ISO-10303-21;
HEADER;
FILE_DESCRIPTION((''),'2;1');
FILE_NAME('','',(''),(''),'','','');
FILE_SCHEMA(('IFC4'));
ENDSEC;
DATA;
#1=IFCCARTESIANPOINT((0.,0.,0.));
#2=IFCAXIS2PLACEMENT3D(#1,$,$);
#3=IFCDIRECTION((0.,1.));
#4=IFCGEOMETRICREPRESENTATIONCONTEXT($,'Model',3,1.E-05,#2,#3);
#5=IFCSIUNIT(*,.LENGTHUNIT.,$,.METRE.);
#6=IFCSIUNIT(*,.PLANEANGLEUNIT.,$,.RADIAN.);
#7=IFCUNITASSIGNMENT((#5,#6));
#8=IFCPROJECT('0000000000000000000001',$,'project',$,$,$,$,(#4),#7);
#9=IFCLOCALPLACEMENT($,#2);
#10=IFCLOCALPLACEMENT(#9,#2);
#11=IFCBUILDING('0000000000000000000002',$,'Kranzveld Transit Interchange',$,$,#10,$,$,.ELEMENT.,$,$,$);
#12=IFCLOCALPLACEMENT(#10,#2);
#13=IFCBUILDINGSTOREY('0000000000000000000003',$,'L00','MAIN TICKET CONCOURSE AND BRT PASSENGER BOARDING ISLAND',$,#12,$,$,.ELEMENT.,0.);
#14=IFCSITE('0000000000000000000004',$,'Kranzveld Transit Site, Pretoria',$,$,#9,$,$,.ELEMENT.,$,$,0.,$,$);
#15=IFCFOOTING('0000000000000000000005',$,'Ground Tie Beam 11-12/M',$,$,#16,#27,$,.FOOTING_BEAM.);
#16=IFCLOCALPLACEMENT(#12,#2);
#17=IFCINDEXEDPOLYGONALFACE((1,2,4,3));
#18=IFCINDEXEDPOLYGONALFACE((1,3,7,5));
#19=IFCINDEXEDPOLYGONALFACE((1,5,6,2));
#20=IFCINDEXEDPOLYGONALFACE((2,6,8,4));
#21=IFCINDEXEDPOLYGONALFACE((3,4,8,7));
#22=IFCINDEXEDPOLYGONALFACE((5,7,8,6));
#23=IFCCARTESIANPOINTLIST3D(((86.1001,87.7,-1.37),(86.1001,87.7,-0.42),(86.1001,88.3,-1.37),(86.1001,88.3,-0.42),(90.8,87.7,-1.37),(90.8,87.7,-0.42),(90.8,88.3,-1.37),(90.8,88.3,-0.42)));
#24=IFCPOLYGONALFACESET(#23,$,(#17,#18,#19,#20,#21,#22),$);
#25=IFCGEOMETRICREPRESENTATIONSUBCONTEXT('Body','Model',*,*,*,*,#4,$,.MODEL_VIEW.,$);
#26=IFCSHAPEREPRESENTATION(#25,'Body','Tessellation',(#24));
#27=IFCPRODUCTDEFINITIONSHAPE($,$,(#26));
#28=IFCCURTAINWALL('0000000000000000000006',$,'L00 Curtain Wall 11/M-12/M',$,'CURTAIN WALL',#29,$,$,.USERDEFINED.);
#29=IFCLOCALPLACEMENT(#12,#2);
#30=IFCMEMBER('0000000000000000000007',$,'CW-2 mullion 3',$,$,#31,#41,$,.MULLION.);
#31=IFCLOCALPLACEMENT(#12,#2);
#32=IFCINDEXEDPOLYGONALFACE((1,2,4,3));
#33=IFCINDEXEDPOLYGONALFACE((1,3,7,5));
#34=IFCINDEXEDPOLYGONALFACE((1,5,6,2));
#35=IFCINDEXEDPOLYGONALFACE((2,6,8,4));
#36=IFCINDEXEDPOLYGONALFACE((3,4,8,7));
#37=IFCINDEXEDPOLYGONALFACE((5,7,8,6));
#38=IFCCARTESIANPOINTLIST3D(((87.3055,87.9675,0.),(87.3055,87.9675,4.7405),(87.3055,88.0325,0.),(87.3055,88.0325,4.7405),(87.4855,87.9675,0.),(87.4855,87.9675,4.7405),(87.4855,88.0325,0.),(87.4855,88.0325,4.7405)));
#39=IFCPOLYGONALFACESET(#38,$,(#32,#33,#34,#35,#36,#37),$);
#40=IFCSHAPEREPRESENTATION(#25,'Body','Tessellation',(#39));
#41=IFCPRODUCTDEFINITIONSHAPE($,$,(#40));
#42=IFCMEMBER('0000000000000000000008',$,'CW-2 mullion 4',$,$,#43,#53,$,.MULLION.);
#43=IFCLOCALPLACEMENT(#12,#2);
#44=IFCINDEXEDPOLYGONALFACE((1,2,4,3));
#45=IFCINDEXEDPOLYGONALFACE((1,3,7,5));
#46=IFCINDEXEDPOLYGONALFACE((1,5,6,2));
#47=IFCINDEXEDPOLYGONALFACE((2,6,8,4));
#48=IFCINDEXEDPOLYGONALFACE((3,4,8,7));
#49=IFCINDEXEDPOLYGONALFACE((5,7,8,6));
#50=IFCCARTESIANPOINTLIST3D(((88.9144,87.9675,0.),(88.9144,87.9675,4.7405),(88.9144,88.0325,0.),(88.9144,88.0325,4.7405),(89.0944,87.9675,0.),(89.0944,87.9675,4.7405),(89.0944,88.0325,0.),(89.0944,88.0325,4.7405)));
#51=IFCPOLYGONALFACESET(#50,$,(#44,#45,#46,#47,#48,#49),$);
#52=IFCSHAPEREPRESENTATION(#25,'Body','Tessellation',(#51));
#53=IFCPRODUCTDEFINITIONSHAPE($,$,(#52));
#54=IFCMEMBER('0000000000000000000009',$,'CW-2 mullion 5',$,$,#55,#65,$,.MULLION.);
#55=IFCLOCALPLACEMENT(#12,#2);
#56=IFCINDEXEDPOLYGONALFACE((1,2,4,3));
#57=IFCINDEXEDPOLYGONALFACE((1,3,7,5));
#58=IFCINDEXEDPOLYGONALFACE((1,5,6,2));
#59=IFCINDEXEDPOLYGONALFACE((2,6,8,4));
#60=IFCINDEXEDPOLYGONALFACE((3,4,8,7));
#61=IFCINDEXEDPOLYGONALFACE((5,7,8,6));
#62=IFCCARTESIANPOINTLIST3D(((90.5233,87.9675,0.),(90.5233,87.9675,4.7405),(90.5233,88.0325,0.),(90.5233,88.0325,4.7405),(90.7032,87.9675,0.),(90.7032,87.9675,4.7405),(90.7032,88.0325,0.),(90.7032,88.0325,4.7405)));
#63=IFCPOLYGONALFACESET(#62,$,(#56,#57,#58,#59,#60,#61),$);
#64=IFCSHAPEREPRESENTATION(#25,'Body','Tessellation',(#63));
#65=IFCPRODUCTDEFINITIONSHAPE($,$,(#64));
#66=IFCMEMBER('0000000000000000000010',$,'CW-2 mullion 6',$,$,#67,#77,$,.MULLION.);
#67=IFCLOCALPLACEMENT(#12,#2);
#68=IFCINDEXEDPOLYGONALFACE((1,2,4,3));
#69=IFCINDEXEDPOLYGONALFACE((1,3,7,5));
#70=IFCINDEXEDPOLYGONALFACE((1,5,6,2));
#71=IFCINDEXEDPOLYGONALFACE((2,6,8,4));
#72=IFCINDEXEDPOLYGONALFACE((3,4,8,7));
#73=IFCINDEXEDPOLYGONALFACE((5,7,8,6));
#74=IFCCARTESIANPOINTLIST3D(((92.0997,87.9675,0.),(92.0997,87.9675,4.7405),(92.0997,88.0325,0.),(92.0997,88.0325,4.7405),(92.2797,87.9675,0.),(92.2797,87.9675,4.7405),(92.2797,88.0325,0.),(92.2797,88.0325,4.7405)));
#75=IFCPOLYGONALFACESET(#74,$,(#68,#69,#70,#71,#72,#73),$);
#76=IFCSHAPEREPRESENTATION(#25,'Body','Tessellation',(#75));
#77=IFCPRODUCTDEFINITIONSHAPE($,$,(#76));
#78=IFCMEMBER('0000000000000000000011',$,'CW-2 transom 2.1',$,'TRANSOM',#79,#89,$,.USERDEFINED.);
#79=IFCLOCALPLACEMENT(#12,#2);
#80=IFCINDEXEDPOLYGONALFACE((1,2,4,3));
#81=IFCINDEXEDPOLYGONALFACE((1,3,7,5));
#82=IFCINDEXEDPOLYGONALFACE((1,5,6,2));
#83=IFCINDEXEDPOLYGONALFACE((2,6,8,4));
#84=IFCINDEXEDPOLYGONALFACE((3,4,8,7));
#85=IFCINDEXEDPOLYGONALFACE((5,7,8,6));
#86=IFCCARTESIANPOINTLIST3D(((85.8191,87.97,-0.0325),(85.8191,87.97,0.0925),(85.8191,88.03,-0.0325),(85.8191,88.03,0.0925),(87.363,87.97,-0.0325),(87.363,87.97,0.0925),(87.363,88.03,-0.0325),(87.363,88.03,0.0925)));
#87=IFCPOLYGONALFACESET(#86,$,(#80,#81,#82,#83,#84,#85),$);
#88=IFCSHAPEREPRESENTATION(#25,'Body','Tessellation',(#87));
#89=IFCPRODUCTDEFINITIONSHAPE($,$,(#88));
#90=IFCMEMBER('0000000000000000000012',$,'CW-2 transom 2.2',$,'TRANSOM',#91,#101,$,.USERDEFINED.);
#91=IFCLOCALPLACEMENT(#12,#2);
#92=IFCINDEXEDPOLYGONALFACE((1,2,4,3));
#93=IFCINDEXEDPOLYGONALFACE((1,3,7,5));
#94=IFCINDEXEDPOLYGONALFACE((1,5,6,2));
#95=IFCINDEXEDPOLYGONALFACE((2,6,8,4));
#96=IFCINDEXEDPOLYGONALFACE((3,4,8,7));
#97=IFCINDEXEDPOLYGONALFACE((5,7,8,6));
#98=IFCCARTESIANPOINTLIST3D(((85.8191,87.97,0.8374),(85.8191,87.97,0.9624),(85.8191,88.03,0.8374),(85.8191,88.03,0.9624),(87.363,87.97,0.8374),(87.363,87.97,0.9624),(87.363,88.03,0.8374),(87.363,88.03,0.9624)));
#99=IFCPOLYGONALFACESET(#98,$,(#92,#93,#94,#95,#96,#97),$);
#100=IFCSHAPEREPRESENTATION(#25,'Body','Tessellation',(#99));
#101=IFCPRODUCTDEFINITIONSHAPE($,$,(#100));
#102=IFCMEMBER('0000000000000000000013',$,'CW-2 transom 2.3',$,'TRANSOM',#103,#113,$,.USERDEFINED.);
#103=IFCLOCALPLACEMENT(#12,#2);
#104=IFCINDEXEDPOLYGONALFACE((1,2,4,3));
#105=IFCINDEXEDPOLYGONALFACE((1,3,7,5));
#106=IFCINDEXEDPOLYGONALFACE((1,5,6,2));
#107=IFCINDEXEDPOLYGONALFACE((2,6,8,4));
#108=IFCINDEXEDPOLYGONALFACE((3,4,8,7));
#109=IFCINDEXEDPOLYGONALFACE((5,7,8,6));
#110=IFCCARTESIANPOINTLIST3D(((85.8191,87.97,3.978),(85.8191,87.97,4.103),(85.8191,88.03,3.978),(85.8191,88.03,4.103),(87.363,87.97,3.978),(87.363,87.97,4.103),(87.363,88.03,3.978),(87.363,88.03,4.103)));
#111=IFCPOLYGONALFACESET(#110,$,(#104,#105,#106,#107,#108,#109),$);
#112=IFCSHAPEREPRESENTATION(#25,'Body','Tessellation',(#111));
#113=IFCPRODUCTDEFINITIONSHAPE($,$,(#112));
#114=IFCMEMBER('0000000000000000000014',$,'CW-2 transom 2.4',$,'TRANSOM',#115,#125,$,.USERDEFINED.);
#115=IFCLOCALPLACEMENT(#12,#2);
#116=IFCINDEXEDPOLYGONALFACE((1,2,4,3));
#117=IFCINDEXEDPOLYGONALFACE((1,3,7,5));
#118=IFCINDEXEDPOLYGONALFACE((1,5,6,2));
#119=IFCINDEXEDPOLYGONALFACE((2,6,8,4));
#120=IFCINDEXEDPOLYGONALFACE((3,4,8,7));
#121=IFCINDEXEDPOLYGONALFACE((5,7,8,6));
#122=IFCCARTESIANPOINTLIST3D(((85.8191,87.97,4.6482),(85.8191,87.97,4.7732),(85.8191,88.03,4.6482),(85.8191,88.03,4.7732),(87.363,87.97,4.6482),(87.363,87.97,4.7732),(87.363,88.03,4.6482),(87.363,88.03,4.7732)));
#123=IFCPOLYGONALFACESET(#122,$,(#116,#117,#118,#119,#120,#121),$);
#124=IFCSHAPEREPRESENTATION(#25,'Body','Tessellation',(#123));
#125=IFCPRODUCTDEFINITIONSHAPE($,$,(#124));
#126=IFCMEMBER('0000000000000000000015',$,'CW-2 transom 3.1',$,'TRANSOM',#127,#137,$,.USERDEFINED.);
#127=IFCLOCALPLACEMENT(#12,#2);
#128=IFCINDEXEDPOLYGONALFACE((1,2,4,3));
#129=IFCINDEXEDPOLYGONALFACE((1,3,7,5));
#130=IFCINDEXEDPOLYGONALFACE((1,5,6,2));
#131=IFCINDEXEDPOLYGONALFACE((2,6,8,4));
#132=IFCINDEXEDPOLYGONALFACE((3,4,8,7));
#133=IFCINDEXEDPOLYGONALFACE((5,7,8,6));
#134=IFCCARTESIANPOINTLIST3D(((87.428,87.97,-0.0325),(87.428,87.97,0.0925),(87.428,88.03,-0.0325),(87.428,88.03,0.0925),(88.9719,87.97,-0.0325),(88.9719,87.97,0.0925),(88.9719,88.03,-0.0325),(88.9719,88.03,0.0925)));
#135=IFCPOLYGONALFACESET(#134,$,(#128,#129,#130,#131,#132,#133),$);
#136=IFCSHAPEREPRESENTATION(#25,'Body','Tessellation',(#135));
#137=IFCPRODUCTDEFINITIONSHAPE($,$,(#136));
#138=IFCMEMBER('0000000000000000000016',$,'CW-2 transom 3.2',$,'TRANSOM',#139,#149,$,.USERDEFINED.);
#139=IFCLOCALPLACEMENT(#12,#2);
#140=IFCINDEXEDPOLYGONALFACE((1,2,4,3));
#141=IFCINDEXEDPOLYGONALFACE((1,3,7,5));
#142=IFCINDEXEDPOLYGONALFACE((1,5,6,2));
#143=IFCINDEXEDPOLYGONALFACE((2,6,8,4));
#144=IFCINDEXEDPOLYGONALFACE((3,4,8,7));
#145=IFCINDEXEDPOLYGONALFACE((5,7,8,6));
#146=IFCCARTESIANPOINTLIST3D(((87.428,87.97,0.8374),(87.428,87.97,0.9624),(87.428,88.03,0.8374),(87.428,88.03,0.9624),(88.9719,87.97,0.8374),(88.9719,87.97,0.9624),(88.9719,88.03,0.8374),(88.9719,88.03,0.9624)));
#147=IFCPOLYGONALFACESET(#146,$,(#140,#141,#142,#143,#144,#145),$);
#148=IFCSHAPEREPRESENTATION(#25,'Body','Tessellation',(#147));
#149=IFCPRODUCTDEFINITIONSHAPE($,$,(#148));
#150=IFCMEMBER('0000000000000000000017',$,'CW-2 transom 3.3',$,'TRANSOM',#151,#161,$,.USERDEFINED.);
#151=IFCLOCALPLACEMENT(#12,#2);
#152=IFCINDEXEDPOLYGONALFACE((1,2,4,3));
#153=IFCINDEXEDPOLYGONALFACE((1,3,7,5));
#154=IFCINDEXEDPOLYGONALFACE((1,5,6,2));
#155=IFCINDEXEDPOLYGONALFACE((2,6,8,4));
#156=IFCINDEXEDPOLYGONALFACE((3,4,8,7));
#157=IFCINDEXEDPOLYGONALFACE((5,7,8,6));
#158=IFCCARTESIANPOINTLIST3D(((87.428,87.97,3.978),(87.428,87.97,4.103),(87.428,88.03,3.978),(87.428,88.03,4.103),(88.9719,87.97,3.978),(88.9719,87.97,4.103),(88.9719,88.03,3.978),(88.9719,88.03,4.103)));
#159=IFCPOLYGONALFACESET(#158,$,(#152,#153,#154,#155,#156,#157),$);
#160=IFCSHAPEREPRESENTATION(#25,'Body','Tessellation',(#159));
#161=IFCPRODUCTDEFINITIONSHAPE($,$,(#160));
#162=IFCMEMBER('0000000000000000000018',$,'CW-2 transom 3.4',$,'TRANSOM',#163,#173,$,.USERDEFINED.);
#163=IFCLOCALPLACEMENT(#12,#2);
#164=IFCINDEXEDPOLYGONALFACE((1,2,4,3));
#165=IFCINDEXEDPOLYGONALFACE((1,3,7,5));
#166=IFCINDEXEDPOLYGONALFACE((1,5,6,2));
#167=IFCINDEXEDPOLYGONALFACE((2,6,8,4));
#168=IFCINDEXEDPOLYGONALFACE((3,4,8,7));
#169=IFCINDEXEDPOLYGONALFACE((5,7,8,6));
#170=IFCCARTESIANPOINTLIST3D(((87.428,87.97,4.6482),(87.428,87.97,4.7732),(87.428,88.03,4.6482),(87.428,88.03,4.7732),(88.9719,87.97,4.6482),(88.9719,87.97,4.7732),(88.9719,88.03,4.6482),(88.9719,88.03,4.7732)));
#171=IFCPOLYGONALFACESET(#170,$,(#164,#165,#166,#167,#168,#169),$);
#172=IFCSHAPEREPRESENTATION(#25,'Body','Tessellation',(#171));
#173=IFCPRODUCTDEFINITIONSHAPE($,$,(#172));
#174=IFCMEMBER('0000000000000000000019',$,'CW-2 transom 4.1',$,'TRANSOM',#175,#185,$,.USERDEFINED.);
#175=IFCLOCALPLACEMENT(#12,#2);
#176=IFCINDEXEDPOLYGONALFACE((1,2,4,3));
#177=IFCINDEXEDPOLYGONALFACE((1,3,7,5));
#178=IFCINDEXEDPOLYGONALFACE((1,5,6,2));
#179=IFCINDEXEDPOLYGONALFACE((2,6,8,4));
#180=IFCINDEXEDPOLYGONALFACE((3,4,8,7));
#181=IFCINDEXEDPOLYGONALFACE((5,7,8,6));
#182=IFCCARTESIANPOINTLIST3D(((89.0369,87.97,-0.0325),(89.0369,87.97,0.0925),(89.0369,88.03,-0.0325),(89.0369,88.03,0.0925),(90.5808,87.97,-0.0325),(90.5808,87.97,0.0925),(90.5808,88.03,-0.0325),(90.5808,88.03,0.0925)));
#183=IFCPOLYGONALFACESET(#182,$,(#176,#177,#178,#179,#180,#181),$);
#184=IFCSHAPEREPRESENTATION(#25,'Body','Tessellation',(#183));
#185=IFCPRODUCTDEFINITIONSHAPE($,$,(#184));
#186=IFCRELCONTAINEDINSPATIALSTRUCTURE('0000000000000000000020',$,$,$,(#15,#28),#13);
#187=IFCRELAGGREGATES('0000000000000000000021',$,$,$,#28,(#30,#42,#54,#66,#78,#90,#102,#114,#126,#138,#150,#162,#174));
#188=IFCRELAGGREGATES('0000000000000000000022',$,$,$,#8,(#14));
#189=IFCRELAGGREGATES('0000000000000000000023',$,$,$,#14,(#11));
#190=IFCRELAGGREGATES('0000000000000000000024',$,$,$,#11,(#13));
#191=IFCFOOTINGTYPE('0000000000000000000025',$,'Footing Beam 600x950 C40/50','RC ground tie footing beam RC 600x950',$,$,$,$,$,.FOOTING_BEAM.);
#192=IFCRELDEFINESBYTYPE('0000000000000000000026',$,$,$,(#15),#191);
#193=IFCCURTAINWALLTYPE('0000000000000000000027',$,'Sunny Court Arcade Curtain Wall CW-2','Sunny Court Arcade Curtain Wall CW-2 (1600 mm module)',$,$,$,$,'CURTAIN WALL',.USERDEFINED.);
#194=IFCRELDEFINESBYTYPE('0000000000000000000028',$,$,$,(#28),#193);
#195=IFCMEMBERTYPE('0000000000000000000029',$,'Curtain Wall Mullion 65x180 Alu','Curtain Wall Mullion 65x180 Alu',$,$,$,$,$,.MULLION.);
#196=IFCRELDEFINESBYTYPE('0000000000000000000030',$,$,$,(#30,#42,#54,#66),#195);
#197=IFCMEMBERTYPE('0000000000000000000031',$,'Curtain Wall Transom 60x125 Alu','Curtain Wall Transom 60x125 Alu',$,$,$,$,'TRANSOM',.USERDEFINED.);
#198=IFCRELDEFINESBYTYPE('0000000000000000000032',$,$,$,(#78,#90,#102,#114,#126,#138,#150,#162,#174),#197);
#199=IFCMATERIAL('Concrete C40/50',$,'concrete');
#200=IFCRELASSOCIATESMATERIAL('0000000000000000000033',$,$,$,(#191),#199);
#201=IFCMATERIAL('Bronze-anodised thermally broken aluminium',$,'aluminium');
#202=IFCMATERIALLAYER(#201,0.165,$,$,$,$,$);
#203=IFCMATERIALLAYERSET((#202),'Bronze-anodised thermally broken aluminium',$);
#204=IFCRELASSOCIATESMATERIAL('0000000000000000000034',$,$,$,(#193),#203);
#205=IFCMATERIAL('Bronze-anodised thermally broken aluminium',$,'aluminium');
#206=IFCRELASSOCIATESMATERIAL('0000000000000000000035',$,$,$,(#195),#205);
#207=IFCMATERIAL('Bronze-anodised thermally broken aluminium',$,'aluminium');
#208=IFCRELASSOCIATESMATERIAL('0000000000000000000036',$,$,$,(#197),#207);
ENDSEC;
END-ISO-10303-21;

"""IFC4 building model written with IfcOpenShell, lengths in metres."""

from ifc_helpers import new_model, si_unit, direction, frame, origin, origin_2d, place, context, subcontext, project, spatial, rectangle, extrude, material, layer, layer_set, material_profile, profile_set, type_object, element, aggregate, save


model = new_model("IFC4")

# Units and contexts
model_context = context("Model", 3, precision=1e-05, world=origin(), true_north=direction((0.0, 1.0)))
body_context = subcontext(model_context, "Body", "Model", "MODEL_VIEW")
ifc_project = project(units=[si_unit("LENGTHUNIT", "METRE"), si_unit("PLANEANGLEUNIT", "RADIAN")], contexts=[model_context])

# Site, building, storey
site_placement = place(None, origin())
site = spatial("IfcSite", under=ifc_project, at=site_placement, Name="Kranzveld Transit Site, Pretoria", CompositionType="ELEMENT", RefElevation=0.0)
building_placement = place(site_placement, origin())
building = spatial("IfcBuilding", under=site, at=building_placement, Name="Kranzveld Transit Interchange", CompositionType="ELEMENT")
storey_placement = place(building_placement, origin())
storey = spatial("IfcBuildingStorey", under=building, at=storey_placement, Name="L00", Description="MAIN TICKET CONCOURSE AND BRT PASSENGER BOARDING ISLAND", CompositionType="ELEMENT", Elevation=0.0)

# Footing
ifc_material_1 = material(Name="Concrete C40/50", Category="concrete")
ifc_material_profile_1 = material_profile(ifc_material_1, rectangle(XDim=0.6001, YDim=0.95, at=origin_2d()), Name="RC 600x950")
ifc_profile_set_1 = profile_set([ifc_material_profile_1], Name="Concrete C40/50")
footing_type = type_object("IfcFootingType", Name="Footing Beam 600x950 C40/50", Description="RC ground tie footing beam RC 600x950", PredefinedType="FOOTING_BEAM", material=ifc_profile_set_1)
footing_placement = place(storey_placement, frame((86.1001, 88.0, -0.895), z_axis=(1.0, 0.0, 0.0), x_axis=(0.0, 1.0, 0.0)))
element("IfcFooting", 1, at=footing_placement, inside=storey, type_object=footing_type, Name="Ground Tie Beam 11-12/M", PredefinedType="FOOTING_BEAM", context=body_context, shape_type="SweptSolid", body=[
    extrude(rectangle(XDim=0.6001, YDim=0.95, at=origin_2d()), origin(), (0.0, 0.0, 1.0), 4.7),
])

# Curtain wall, members
ifc_material_2 = material(Name="Bronze-anodised thermally broken aluminium", Category="aluminium")
ifc_layer_1 = layer(ifc_material_2, 0.165)
ifc_layer_set_1 = layer_set([ifc_layer_1], Name="Bronze-anodised thermally broken aluminium")
curtain_wall_type = type_object("IfcCurtainWallType", Name="Sunny Court Arcade Curtain Wall CW-2", Description="Sunny Court Arcade Curtain Wall CW-2 (1600 mm module)", ElementType="CURTAIN WALL", PredefinedType="USERDEFINED", material=ifc_layer_set_1)
curtain_wall_placement = place(storey_placement, origin())
curtain_wall = element("IfcCurtainWall", 2, at=curtain_wall_placement, inside=storey, type_object=curtain_wall_type, Name="L00 Curtain Wall 11/M-12/M", ObjectType="CURTAIN WALL", PredefinedType="USERDEFINED")
ifc_material_3 = material(Name="Bronze-anodised thermally broken aluminium", Category="aluminium")
ifc_material_profile_2 = material_profile(ifc_material_3, rectangle(XDim=0.0649, YDim=0.1799, at=origin_2d()), Name="ALU MULLION 65x180")
ifc_profile_set_2 = profile_set([ifc_material_profile_2], Name="Bronze-anodised thermally broken aluminium")
member_type_1 = type_object("IfcMemberType", Name="Curtain Wall Mullion 65x180 Alu", Description="Curtain Wall Mullion 65x180 Alu", PredefinedType="MULLION", material=ifc_profile_set_2)
member_1_placement = place(storey_placement, frame((87.3955, 88.0, 0.0), z_axis=(0.0, 0.0, 1.0), x_axis=(0.0, 1.0, 0.0)))
member_1 = element("IfcMember", 3, at=member_1_placement, type_object=member_type_1, Name="CW-2 mullion 3", PredefinedType="MULLION", context=body_context, shape_type="SweptSolid", body=[
    extrude(rectangle(XDim=0.0649, YDim=0.1799, at=origin_2d()), origin(), (0.0, 0.0, 1.0), 4.7405),
])
member_2_placement = place(storey_placement, frame((89.0044, 88.0, 0.0), z_axis=(0.0, 0.0, 1.0), x_axis=(0.0, 1.0, 0.0)))
member_2 = element("IfcMember", 4, at=member_2_placement, type_object=member_type_1, Name="CW-2 mullion 4", PredefinedType="MULLION", context=body_context, shape_type="SweptSolid", body=[
    extrude(rectangle(XDim=0.0649, YDim=0.1799, at=origin_2d()), origin(), (0.0, 0.0, 1.0), 4.7405),
])
member_3_placement = place(storey_placement, frame((90.6133, 88.0, 0.0), z_axis=(0.0, 0.0, 1.0), x_axis=(0.0, 1.0, 0.0)))
member_3 = element("IfcMember", 5, at=member_3_placement, type_object=member_type_1, Name="CW-2 mullion 5", PredefinedType="MULLION", context=body_context, shape_type="SweptSolid", body=[
    extrude(rectangle(XDim=0.0649, YDim=0.1799, at=origin_2d()), origin(), (0.0, 0.0, 1.0), 4.7405),
])
member_4_placement = place(storey_placement, frame((92.1897, 88.0, 0.0), z_axis=(0.0, 0.0, 1.0), x_axis=(0.0, 1.0, 0.0)))
member_4 = element("IfcMember", 6, at=member_4_placement, type_object=member_type_1, Name="CW-2 mullion 6", PredefinedType="MULLION", context=body_context, shape_type="SweptSolid", body=[
    extrude(rectangle(XDim=0.0649, YDim=0.1799, at=origin_2d()), origin(), (0.0, 0.0, 1.0), 4.7405),
])
ifc_material_4 = material(Name="Bronze-anodised thermally broken aluminium", Category="aluminium")
ifc_material_profile_3 = material_profile(ifc_material_4, rectangle(XDim=0.0601, YDim=0.125, at=origin_2d()), Name="ALU TRANSOM 60x125")
ifc_profile_set_3 = profile_set([ifc_material_profile_3], Name="Bronze-anodised thermally broken aluminium")
member_type_2 = type_object("IfcMemberType", Name="Curtain Wall Transom 60x125 Alu", Description="Curtain Wall Transom 60x125 Alu", ElementType="TRANSOM", PredefinedType="USERDEFINED", material=ifc_profile_set_3)
member_5_placement = place(storey_placement, frame((85.8191, 88.0, 0.03), z_axis=(1.0, 0.0, 0.0), x_axis=(0.0, 1.0, 0.0)))
member_5 = element("IfcMember", 7, at=member_5_placement, type_object=member_type_2, Name="CW-2 transom 2.1", ObjectType="TRANSOM", PredefinedType="USERDEFINED", context=body_context, shape_type="SweptSolid", body=[
    extrude(rectangle(XDim=0.0601, YDim=0.125, at=origin_2d()), origin(), (0.0, 0.0, 1.0), 1.5439),
])
member_6_placement = place(storey_placement, frame((85.8191, 88.0, 0.8999), z_axis=(1.0, 0.0, 0.0), x_axis=(0.0, 1.0, 0.0)))
member_6 = element("IfcMember", 8, at=member_6_placement, type_object=member_type_2, Name="CW-2 transom 2.2", ObjectType="TRANSOM", PredefinedType="USERDEFINED", context=body_context, shape_type="SweptSolid", body=[
    extrude(rectangle(XDim=0.0601, YDim=0.125, at=origin_2d()), origin(), (0.0, 0.0, 1.0), 1.5439),
])
member_7_placement = place(storey_placement, frame((85.8191, 88.0, 4.0405), z_axis=(1.0, 0.0, 0.0), x_axis=(0.0, 1.0, 0.0)))
member_7 = element("IfcMember", 9, at=member_7_placement, type_object=member_type_2, Name="CW-2 transom 2.3", ObjectType="TRANSOM", PredefinedType="USERDEFINED", context=body_context, shape_type="SweptSolid", body=[
    extrude(rectangle(XDim=0.0601, YDim=0.125, at=origin_2d()), origin(), (0.0, 0.0, 1.0), 1.5439),
])
member_8_placement = place(storey_placement, frame((85.8191, 88.0, 4.7107), z_axis=(1.0, 0.0, 0.0), x_axis=(0.0, 1.0, 0.0)))
member_8 = element("IfcMember", 10, at=member_8_placement, type_object=member_type_2, Name="CW-2 transom 2.4", ObjectType="TRANSOM", PredefinedType="USERDEFINED", context=body_context, shape_type="SweptSolid", body=[
    extrude(rectangle(XDim=0.0601, YDim=0.125, at=origin_2d()), origin(), (0.0, 0.0, 1.0), 1.5439),
])
member_9_placement = place(storey_placement, frame((87.428, 88.0, 0.03), z_axis=(1.0, 0.0, 0.0), x_axis=(0.0, 1.0, 0.0)))
member_9 = element("IfcMember", 11, at=member_9_placement, type_object=member_type_2, Name="CW-2 transom 3.1", ObjectType="TRANSOM", PredefinedType="USERDEFINED", context=body_context, shape_type="SweptSolid", body=[
    extrude(rectangle(XDim=0.0601, YDim=0.125, at=origin_2d()), origin(), (0.0, 0.0, 1.0), 1.5439),
])
member_10_placement = place(storey_placement, frame((87.428, 88.0, 0.8999), z_axis=(1.0, 0.0, 0.0), x_axis=(0.0, 1.0, 0.0)))
member_10 = element("IfcMember", 12, at=member_10_placement, type_object=member_type_2, Name="CW-2 transom 3.2", ObjectType="TRANSOM", PredefinedType="USERDEFINED", context=body_context, shape_type="SweptSolid", body=[
    extrude(rectangle(XDim=0.0601, YDim=0.125, at=origin_2d()), origin(), (0.0, 0.0, 1.0), 1.5439),
])
member_11_placement = place(storey_placement, frame((87.428, 88.0, 4.0405), z_axis=(1.0, 0.0, 0.0), x_axis=(0.0, 1.0, 0.0)))
member_11 = element("IfcMember", 13, at=member_11_placement, type_object=member_type_2, Name="CW-2 transom 3.3", ObjectType="TRANSOM", PredefinedType="USERDEFINED", context=body_context, shape_type="SweptSolid", body=[
    extrude(rectangle(XDim=0.0601, YDim=0.125, at=origin_2d()), origin(), (0.0, 0.0, 1.0), 1.5439),
])
member_12_placement = place(storey_placement, frame((87.428, 88.0, 4.7107), z_axis=(1.0, 0.0, 0.0), x_axis=(0.0, 1.0, 0.0)))
member_12 = element("IfcMember", 14, at=member_12_placement, type_object=member_type_2, Name="CW-2 transom 3.4", ObjectType="TRANSOM", PredefinedType="USERDEFINED", context=body_context, shape_type="SweptSolid", body=[
    extrude(rectangle(XDim=0.0601, YDim=0.125, at=origin_2d()), origin(), (0.0, 0.0, 1.0), 1.5439),
])
member_13_placement = place(storey_placement, frame((89.0369, 88.0, 0.03), z_axis=(1.0, 0.0, 0.0), x_axis=(0.0, 1.0, 0.0)))
member_13 = element("IfcMember", 15, at=member_13_placement, type_object=member_type_2, Name="CW-2 transom 4.1", ObjectType="TRANSOM", PredefinedType="USERDEFINED", context=body_context, shape_type="SweptSolid", body=[
    extrude(rectangle(XDim=0.0601, YDim=0.125, at=origin_2d()), origin(), (0.0, 0.0, 1.0), 1.5439),
])
aggregate(curtain_wall, [member_1, member_2, member_3, member_4, member_5, member_6, member_7, member_8, member_9, member_10, member_11, member_12, member_13])

save(model, "model.ifc")
